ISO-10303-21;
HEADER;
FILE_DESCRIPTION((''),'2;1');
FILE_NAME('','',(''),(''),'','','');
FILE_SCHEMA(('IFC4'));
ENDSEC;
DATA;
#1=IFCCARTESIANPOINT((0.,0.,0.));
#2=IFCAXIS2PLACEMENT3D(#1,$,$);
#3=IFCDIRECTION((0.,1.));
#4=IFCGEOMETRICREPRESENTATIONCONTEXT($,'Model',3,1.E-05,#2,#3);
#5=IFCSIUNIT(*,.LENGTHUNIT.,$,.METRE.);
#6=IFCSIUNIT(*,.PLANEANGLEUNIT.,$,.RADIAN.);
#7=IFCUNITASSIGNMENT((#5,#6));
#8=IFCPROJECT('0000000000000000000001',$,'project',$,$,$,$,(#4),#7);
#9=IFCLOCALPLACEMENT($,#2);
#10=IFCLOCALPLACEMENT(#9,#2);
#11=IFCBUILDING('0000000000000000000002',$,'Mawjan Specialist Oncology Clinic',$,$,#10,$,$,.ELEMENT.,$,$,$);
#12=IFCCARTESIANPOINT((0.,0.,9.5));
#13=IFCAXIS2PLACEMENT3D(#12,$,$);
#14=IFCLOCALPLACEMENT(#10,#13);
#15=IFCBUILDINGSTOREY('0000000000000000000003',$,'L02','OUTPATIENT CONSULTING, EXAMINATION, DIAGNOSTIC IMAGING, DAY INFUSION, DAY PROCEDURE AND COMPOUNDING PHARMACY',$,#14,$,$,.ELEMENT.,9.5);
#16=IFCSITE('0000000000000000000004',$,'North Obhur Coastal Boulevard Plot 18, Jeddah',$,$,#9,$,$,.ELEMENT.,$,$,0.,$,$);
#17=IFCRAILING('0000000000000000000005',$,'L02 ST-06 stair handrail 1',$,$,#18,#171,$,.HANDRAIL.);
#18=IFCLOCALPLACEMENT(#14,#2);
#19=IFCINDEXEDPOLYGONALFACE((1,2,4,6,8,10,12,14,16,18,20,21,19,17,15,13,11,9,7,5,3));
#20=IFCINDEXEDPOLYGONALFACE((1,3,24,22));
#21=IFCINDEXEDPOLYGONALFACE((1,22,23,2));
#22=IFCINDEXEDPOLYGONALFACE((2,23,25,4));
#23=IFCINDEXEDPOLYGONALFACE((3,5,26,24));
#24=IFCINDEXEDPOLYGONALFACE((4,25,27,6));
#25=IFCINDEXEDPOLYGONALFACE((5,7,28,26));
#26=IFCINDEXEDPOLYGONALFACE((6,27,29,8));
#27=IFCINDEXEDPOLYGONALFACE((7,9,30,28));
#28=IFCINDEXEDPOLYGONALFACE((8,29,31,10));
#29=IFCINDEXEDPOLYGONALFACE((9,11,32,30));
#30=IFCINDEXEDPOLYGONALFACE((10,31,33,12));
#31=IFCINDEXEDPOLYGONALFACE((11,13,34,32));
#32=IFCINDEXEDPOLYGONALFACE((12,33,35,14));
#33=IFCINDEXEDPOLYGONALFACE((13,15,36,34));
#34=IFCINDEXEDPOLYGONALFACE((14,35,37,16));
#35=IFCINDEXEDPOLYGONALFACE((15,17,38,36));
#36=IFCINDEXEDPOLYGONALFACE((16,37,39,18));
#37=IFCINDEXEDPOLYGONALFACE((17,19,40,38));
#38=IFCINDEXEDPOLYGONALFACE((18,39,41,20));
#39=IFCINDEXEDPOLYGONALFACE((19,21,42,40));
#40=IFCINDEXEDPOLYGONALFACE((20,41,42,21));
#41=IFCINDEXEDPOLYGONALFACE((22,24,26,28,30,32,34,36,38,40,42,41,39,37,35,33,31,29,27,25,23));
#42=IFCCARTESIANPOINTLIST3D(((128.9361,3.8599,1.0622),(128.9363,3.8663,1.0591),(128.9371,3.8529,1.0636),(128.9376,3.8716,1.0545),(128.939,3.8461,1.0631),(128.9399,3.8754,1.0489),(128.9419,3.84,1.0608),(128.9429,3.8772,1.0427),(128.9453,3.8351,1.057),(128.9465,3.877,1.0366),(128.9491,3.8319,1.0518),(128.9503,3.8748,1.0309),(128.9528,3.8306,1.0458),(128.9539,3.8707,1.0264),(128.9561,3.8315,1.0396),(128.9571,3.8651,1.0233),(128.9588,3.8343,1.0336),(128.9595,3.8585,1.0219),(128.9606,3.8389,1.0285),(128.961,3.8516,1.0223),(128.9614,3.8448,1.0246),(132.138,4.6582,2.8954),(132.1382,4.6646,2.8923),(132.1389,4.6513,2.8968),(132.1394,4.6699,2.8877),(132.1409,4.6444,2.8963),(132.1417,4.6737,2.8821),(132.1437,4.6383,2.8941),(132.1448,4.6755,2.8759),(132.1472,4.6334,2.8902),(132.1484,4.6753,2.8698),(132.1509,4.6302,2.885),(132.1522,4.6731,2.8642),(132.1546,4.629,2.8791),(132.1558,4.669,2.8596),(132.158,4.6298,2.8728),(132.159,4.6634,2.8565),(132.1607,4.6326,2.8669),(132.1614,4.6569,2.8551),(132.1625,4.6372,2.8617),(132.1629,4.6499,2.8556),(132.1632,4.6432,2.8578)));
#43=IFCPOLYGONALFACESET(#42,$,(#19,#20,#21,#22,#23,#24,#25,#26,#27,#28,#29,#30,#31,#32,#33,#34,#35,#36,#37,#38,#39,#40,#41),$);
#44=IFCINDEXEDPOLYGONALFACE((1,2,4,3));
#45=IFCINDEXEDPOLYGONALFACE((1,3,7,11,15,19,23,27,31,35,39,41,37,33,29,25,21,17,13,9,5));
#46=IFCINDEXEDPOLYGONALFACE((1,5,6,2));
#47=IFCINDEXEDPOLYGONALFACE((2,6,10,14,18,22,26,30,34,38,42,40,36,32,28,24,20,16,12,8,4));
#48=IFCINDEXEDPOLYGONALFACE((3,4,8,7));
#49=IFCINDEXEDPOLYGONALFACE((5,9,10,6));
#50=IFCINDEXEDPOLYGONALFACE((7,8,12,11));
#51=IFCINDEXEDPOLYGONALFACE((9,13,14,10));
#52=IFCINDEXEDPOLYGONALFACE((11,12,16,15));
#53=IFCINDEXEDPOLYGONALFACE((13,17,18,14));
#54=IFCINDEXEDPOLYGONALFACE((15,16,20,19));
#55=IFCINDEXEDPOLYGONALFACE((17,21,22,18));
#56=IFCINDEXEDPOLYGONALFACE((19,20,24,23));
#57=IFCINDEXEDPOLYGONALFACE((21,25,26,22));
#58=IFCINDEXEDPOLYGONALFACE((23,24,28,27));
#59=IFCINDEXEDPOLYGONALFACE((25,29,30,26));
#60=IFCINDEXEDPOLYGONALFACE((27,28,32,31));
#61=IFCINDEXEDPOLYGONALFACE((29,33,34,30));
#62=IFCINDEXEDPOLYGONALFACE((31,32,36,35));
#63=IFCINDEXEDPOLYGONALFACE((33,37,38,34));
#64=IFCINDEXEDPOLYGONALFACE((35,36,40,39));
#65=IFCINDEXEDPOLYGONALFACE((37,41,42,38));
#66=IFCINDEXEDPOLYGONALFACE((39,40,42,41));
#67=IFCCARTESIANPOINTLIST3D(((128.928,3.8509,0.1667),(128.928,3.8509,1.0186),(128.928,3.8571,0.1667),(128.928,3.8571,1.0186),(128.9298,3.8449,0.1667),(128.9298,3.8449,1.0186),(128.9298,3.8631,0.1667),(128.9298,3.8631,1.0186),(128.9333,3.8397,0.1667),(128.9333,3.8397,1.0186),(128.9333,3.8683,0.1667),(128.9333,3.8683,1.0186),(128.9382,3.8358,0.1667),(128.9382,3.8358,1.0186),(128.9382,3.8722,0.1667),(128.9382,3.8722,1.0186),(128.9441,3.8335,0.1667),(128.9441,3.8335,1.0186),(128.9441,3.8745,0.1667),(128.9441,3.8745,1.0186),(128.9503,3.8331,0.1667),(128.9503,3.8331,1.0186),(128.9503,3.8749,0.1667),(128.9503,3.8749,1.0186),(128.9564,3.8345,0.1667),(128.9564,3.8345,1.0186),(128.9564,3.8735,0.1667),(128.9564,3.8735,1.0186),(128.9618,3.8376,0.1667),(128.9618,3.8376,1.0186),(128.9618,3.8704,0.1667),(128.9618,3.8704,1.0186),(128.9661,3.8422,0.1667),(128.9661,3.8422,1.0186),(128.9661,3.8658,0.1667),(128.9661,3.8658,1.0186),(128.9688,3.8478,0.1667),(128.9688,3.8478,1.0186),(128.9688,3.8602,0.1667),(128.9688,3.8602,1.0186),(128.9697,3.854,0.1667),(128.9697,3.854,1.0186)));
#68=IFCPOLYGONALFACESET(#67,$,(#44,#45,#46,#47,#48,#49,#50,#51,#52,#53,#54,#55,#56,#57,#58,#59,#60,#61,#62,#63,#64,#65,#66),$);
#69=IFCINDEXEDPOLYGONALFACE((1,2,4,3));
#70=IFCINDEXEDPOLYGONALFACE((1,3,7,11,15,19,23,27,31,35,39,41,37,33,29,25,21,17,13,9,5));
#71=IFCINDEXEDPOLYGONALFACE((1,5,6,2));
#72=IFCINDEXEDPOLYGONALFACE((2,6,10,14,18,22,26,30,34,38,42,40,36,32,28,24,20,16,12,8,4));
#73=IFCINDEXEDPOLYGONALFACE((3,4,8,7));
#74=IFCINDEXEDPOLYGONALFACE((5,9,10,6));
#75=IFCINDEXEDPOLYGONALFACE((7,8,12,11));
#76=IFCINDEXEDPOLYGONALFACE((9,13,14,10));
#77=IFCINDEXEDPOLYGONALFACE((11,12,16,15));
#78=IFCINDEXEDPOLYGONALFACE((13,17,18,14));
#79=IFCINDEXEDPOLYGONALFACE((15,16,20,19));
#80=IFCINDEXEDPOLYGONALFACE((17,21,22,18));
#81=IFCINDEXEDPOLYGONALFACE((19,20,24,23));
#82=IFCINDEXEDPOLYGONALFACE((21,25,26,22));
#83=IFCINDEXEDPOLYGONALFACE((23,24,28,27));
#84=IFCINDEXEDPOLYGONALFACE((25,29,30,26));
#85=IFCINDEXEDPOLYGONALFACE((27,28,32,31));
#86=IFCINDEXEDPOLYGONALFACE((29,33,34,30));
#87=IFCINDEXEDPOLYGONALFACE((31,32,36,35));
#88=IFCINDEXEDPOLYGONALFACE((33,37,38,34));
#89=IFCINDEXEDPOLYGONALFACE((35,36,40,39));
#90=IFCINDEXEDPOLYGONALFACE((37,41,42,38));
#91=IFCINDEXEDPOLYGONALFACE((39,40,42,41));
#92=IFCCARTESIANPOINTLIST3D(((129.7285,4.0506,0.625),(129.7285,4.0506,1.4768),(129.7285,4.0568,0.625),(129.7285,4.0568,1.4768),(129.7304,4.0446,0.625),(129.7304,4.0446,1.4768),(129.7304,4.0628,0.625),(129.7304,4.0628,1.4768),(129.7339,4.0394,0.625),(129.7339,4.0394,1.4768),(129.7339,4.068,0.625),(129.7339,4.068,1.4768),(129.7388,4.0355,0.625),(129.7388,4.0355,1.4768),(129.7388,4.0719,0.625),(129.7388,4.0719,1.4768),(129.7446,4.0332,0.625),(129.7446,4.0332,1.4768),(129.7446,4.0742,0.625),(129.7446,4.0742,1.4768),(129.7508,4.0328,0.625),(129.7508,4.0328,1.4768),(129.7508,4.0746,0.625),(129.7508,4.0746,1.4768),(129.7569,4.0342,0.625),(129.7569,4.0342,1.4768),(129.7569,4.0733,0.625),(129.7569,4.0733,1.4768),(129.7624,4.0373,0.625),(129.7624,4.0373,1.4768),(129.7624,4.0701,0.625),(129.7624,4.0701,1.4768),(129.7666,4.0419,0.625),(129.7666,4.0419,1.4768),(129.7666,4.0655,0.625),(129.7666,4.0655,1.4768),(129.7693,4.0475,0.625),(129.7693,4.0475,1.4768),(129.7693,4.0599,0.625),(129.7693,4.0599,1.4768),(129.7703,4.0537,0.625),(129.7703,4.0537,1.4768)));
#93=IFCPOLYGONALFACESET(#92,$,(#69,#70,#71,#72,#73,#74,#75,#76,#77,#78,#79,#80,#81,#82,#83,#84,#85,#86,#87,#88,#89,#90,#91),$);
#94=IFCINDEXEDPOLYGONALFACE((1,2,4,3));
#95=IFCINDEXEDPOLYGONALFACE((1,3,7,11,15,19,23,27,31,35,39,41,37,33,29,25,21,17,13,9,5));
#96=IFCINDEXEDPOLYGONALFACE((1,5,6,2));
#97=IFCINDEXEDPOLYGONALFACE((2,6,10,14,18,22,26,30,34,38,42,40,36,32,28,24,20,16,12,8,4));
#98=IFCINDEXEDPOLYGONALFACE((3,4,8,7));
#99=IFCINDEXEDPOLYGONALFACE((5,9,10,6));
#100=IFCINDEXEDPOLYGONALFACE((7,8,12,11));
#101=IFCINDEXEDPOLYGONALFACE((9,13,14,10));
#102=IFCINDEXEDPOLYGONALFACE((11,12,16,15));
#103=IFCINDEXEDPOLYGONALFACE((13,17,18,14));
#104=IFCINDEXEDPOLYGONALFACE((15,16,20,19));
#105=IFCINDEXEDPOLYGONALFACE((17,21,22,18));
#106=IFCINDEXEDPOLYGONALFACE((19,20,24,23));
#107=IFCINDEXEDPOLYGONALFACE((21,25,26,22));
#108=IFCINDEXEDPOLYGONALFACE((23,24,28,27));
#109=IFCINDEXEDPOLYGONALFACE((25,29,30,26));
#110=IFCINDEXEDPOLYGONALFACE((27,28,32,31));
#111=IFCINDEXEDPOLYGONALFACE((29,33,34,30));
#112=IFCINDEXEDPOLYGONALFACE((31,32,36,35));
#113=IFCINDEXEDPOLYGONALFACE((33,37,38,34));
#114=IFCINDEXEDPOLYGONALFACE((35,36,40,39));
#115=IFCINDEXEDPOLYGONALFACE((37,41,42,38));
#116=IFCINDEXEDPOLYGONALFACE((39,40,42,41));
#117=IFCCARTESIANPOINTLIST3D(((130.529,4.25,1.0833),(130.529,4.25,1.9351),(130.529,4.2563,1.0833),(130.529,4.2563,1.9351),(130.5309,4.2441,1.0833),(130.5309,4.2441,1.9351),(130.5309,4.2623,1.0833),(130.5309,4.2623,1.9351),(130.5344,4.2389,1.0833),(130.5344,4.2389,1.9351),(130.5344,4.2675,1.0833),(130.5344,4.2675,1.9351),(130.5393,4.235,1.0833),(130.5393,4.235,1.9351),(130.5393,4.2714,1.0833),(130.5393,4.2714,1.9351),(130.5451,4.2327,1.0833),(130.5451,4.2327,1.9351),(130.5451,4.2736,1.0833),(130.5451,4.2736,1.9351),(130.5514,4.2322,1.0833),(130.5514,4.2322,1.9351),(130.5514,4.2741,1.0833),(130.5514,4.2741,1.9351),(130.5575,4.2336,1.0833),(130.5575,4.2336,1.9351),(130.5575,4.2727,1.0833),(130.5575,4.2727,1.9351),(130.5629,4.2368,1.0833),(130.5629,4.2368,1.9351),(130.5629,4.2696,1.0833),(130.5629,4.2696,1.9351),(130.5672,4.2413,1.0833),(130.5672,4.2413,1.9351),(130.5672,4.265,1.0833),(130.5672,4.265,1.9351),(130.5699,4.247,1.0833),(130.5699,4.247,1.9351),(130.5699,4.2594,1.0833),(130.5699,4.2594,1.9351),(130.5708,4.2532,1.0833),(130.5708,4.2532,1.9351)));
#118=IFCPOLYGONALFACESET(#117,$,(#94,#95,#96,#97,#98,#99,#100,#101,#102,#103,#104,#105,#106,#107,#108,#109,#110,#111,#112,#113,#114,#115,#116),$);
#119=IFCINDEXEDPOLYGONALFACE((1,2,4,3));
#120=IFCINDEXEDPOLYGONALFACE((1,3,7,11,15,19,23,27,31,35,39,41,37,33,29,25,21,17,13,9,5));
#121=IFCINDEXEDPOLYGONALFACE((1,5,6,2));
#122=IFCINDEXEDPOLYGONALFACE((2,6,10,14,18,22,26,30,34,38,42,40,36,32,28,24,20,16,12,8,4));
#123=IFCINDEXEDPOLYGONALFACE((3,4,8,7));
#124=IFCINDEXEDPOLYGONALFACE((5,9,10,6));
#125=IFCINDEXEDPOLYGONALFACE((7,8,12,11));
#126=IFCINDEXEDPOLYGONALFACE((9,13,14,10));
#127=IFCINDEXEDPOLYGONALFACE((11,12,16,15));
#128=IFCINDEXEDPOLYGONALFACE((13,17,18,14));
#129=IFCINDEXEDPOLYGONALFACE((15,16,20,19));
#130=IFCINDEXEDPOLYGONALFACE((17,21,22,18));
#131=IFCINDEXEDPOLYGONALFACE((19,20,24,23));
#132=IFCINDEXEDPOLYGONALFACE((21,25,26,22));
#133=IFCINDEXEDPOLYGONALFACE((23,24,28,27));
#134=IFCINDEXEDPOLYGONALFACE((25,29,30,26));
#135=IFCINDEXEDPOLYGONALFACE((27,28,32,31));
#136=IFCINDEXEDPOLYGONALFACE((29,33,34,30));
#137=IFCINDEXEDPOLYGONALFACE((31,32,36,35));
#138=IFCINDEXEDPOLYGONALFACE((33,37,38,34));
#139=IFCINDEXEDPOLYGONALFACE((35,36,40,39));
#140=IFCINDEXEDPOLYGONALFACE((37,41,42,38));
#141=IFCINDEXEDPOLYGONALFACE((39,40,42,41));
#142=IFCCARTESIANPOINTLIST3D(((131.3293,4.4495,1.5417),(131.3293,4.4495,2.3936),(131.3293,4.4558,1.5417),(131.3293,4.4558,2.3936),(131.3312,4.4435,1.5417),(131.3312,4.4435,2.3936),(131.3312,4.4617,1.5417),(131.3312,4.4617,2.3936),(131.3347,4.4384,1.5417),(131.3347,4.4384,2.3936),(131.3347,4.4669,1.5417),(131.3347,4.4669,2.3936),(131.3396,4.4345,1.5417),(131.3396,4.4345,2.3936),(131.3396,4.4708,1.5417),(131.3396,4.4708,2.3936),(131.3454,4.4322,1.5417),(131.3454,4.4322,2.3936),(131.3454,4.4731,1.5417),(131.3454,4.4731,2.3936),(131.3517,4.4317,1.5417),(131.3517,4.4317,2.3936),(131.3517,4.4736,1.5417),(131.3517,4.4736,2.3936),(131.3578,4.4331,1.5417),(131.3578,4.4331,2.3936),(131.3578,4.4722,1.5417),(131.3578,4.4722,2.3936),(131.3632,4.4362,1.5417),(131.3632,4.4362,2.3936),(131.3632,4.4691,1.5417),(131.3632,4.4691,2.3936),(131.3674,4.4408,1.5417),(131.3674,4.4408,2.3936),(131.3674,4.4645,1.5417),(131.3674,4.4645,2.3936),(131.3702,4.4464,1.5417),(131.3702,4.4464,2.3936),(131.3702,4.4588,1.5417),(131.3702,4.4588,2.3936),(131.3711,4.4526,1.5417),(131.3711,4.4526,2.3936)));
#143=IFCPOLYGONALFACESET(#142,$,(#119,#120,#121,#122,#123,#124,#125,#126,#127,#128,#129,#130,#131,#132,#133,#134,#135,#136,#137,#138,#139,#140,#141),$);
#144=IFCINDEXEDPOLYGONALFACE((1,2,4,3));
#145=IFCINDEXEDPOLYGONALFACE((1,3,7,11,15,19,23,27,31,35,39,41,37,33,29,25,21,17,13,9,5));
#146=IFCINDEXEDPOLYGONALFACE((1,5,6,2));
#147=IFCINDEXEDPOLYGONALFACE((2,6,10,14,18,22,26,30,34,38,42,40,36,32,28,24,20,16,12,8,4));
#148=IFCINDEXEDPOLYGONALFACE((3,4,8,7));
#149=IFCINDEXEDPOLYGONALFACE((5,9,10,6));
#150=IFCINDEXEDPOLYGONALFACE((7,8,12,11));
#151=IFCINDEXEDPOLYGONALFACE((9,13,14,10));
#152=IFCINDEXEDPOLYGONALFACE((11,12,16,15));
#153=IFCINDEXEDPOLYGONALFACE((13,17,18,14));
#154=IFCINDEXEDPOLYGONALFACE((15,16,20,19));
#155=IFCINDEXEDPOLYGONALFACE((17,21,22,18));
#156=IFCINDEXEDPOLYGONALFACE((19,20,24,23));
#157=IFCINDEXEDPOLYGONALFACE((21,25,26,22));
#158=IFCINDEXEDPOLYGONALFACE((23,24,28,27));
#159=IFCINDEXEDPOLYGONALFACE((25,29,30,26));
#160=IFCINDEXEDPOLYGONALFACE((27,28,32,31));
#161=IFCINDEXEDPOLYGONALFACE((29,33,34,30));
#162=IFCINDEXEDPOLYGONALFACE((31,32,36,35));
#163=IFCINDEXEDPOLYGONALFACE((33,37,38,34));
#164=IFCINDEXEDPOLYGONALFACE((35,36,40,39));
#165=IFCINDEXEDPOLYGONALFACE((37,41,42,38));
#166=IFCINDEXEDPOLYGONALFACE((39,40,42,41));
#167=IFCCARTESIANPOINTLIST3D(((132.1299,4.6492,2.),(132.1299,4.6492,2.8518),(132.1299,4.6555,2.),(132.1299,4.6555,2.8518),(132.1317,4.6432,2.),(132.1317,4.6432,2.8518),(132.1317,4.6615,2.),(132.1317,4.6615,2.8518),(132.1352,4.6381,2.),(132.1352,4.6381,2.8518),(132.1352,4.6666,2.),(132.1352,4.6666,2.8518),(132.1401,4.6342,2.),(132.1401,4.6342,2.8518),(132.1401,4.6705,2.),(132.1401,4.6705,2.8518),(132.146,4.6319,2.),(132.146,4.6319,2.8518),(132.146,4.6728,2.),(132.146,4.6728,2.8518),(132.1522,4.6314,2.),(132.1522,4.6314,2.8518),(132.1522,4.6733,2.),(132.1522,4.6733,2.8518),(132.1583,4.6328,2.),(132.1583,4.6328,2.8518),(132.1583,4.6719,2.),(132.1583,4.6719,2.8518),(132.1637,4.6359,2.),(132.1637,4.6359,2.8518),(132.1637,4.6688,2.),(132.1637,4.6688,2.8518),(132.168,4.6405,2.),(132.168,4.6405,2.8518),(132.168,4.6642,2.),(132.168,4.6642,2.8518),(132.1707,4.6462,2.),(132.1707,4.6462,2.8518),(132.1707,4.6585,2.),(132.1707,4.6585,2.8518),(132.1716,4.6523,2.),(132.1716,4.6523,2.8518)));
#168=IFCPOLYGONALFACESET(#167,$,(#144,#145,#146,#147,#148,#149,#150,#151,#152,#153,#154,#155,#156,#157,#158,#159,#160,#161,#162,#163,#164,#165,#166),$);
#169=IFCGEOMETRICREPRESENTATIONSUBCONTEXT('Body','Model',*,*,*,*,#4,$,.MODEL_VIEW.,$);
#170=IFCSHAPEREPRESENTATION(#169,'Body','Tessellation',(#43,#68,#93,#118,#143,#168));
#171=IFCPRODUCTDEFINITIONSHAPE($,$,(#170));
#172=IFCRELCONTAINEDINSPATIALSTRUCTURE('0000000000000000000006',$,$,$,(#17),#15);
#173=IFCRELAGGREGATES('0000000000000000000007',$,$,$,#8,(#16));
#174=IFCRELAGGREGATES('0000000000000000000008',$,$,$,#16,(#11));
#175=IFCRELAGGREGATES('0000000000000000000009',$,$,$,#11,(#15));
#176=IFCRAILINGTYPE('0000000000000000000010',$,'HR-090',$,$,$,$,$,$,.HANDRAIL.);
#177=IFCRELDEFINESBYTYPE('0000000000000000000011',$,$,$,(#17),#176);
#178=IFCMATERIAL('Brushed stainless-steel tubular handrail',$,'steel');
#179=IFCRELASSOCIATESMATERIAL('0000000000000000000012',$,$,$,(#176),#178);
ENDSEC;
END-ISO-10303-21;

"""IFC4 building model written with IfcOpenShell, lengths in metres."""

from ifc_helpers import new_model, si_unit, direction, frame, origin, origin_2d, place, context, subcontext, project, spatial, circle, extrude, material, type_object, element, save


model = new_model("IFC4")

# Units and contexts
model_context = context("Model", 3, precision=1e-05, world=origin(), true_north=direction((0.0, 1.0)))
body_context = subcontext(model_context, "Body", "Model", "MODEL_VIEW")
ifc_project = project(units=[si_unit("LENGTHUNIT", "METRE"), si_unit("PLANEANGLEUNIT", "RADIAN")], contexts=[model_context])

# Site, building, storey
site_placement = place(None, origin())
site = spatial("IfcSite", under=ifc_project, at=site_placement, Name="North Obhur Coastal Boulevard Plot 18, Jeddah", CompositionType="ELEMENT", RefElevation=0.0)
building_placement = place(site_placement, origin())
building = spatial("IfcBuilding", under=site, at=building_placement, Name="Mawjan Specialist Oncology Clinic", CompositionType="ELEMENT")
storey_placement = place(building_placement, frame((0.0, 0.0, 9.5)))
storey = spatial("IfcBuildingStorey", under=building, at=storey_placement, Name="L02", Description="OUTPATIENT CONSULTING, EXAMINATION, DIAGNOSTIC IMAGING, DAY INFUSION, DAY PROCEDURE AND COMPOUNDING PHARMACY", CompositionType="ELEMENT", Elevation=9.5)

# Railing
ifc_material_1 = material(Name="Brushed stainless-steel tubular handrail", Category="steel")
railing_type_1 = type_object("IfcRailingType", Name="HR-090", PredefinedType="HANDRAIL", material=ifc_material_1)
railing_1_placement = place(storey_placement, frame((128.9487, 3.854, 0.1667)))
element("IfcRailing", 1, at=railing_1_placement, inside=storey, type_object=railing_type_1, Name="L02 ST-06 stair handrail 1", PredefinedType="HANDRAIL", context=body_context, shape_type="SweptSolid", body=[
    extrude(circle(Radius=0.0239, at=origin_2d()), frame((0.0, 0.0, 0.876), z_axis=(0.848195, 0.211483, 0.485634), x_axis=(-0.241926, 0.970295, 0.0)), (0.0, 0.0, 1.0), 3.7749),
    extrude(circle(Radius=0.021, at=origin_2d()), origin(), (0.0, 0.0, 1.0), 0.8518),
    extrude(circle(Radius=0.021, at=origin_2d()), frame((0.8005, 0.1997, 0.4583)), (0.0, 0.0, 1.0), 0.8518),
    extrude(circle(Radius=0.021, at=origin_2d()), frame((1.6011, 0.3992, 0.9165)), (0.0, 0.0, 1.0), 0.8518),
    extrude(circle(Radius=0.021, at=origin_2d()), frame((2.4014, 0.5986, 1.375)), (0.0, 0.0, 1.0), 0.8518),
    extrude(circle(Radius=0.021, at=origin_2d()), frame((3.2019, 0.7983, 1.8333)), (0.0, 0.0, 1.0), 0.8518),
])

save(model, "model.ifc")
